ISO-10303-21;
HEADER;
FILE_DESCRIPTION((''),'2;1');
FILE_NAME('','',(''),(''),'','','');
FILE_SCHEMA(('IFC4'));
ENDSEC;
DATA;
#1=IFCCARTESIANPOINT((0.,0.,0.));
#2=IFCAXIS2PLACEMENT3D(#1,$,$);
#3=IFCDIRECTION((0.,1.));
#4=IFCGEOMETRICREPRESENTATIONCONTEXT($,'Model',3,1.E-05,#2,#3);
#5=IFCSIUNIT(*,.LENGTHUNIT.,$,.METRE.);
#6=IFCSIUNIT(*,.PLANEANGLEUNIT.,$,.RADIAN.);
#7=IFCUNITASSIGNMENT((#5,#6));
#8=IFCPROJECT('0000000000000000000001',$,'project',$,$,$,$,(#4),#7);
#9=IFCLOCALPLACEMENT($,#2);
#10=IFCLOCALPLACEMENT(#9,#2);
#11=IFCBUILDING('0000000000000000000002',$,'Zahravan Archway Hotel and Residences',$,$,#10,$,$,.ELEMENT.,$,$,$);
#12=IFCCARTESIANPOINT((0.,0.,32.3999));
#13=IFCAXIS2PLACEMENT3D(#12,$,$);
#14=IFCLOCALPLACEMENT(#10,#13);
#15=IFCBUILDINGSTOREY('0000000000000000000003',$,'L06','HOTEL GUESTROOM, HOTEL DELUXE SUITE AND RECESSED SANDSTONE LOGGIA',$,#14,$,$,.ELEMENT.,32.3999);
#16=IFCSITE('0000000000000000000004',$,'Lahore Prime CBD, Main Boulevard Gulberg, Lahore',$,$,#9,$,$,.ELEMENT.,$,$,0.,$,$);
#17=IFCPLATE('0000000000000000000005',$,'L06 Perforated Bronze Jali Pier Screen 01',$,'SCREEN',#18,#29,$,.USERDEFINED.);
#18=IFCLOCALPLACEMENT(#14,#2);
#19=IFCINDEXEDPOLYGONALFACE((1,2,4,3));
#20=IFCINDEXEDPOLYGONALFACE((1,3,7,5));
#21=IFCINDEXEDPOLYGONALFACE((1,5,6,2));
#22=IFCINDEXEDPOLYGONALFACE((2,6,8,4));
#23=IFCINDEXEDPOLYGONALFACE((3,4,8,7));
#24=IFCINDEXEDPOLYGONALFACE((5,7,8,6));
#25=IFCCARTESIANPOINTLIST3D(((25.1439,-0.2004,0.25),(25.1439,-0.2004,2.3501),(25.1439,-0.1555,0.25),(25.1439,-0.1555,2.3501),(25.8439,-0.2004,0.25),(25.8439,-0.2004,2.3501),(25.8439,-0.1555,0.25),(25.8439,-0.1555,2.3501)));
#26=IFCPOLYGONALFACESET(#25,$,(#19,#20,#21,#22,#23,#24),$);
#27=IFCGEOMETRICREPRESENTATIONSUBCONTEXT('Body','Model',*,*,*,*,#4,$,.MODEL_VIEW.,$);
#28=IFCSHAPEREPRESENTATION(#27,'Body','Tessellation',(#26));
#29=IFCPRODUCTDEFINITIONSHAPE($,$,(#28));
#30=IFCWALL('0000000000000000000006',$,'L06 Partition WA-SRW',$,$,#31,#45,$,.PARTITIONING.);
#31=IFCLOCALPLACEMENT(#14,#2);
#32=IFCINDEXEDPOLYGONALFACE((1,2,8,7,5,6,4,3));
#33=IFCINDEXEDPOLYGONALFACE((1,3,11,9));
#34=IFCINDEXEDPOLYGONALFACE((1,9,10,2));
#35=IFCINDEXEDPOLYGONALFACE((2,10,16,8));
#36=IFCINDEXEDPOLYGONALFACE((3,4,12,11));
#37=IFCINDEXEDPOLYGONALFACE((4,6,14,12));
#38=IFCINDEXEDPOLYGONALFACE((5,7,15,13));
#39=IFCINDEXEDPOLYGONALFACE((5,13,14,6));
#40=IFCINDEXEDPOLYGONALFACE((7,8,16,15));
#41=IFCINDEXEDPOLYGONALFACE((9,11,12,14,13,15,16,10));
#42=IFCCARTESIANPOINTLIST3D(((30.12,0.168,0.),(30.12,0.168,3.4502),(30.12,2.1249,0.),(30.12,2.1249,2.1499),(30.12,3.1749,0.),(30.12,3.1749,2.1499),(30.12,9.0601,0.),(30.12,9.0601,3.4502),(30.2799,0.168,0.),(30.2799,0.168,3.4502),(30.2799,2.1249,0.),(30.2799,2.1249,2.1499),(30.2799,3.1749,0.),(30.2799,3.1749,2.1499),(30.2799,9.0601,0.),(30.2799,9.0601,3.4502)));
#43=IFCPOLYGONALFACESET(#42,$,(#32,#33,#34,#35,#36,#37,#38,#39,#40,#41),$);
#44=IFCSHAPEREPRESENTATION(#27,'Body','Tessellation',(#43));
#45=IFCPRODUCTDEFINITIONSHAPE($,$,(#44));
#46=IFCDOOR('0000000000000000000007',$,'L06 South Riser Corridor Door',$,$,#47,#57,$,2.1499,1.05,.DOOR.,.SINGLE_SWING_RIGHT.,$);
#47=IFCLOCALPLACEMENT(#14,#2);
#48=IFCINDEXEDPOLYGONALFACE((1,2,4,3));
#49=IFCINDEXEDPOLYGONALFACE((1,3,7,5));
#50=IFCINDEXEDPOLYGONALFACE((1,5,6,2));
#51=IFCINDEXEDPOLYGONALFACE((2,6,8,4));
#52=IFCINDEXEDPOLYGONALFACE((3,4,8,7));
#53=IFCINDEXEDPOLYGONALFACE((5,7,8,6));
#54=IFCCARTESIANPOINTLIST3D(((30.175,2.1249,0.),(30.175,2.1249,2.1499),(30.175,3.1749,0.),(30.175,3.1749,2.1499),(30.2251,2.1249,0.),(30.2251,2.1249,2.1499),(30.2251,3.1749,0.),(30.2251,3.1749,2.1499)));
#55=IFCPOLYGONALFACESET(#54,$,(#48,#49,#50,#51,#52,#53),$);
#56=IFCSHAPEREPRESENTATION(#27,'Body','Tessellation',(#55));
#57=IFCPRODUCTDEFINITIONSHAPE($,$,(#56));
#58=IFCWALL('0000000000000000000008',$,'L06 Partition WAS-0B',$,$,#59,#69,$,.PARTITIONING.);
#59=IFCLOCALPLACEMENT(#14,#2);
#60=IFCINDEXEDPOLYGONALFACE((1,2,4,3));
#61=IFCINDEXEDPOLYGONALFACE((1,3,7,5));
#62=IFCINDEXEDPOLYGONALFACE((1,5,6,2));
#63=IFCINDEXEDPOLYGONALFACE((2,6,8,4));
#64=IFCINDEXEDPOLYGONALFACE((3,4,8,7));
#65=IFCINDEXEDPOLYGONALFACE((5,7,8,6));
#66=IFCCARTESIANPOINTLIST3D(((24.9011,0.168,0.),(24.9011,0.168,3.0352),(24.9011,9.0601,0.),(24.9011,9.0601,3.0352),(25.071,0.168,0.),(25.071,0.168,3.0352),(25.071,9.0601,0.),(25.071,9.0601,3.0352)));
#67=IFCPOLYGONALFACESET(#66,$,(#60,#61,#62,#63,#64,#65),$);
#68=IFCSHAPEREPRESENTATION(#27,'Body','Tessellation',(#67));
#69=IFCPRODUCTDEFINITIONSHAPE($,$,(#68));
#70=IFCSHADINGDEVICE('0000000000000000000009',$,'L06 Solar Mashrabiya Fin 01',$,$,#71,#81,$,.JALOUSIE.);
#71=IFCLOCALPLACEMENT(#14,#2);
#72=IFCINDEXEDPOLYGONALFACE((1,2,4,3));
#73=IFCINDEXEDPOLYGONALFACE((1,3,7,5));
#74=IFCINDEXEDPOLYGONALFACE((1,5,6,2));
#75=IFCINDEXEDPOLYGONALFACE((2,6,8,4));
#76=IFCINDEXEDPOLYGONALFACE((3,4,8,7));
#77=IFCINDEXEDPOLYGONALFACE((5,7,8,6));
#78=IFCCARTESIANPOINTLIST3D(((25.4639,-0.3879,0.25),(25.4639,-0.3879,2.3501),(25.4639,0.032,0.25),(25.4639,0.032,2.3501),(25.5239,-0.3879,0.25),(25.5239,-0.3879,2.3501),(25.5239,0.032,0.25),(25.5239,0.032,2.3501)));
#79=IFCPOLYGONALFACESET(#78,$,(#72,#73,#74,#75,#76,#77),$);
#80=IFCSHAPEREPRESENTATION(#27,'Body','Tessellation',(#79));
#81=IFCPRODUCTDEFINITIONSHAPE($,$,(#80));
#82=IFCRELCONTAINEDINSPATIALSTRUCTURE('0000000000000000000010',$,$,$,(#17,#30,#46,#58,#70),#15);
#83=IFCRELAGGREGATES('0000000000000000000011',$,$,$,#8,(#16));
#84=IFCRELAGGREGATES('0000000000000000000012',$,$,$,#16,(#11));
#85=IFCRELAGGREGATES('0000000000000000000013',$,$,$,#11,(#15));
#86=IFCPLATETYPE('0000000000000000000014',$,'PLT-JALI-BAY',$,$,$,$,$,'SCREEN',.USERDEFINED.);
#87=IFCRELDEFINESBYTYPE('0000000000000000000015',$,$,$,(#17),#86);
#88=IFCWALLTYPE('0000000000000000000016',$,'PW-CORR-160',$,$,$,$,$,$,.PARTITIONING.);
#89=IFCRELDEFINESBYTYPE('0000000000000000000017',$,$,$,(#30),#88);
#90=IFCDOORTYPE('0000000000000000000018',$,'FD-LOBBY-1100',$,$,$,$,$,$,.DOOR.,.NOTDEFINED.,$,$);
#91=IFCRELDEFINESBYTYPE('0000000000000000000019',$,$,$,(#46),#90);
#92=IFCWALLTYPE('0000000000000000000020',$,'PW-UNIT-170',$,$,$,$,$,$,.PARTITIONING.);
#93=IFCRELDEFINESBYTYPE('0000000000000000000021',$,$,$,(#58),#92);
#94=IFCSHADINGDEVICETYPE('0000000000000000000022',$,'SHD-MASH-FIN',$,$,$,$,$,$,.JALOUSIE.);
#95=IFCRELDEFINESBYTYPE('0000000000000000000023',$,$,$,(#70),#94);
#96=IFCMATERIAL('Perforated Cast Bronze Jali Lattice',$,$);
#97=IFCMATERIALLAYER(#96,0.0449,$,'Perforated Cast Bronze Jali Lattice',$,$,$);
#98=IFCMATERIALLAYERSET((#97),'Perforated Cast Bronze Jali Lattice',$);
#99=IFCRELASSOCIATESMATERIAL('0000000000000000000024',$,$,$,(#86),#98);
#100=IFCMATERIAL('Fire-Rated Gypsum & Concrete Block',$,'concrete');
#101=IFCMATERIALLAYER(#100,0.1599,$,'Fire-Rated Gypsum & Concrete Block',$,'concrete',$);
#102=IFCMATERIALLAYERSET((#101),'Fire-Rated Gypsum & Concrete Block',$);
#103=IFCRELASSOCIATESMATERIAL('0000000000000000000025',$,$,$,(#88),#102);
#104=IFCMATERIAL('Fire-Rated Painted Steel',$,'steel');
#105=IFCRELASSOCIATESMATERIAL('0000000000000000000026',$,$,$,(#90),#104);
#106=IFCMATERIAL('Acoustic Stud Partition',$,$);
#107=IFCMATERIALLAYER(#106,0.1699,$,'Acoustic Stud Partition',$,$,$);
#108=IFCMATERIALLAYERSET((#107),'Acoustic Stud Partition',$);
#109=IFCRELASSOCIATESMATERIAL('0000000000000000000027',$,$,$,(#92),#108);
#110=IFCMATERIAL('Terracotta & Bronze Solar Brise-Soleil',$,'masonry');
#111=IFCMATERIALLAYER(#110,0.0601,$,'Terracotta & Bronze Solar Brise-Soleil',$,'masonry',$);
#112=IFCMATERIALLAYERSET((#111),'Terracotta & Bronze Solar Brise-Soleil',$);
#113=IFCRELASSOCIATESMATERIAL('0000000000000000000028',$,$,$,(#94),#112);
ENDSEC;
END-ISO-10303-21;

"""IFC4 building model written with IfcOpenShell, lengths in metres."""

from ifc_helpers import new_model, si_unit, direction, frame, frame_2d, origin, origin_2d, place, context, subcontext, project, spatial, rectangle, extrude, source, transform, mapped, material, layer, layer_set, type_object, type_shapes, element, fill, save


model = new_model("IFC4")

# Units and contexts
model_context = context("Model", 3, precision=1e-05, world=origin(), true_north=direction((0.0, 1.0)))
body_context = subcontext(model_context, "Body", "Model", "MODEL_VIEW")
ifc_project = project(units=[si_unit("LENGTHUNIT", "METRE"), si_unit("PLANEANGLEUNIT", "RADIAN")], contexts=[model_context])

# Site, building, storey
site_placement = place(None, origin())
site = spatial("IfcSite", under=ifc_project, at=site_placement, Name="Lahore Prime CBD, Main Boulevard Gulberg, Lahore", CompositionType="ELEMENT", RefElevation=0.0)
building_placement = place(site_placement, origin())
building = spatial("IfcBuilding", under=site, at=building_placement, Name="Zahravan Archway Hotel and Residences", CompositionType="ELEMENT")
storey_placement = place(building_placement, frame((0.0, 0.0, 32.3999)))
storey = spatial("IfcBuildingStorey", under=building, at=storey_placement, Name="L06", Description="HOTEL GUESTROOM, HOTEL DELUXE SUITE AND RECESSED SANDSTONE LOGGIA", CompositionType="ELEMENT", Elevation=32.3999)

# Plate
ifc_material_1 = material(Name="Perforated Cast Bronze Jali Lattice")
ifc_layer_1 = layer(ifc_material_1, 0.0449, Name="Perforated Cast Bronze Jali Lattice")
ifc_layer_set_1 = layer_set([ifc_layer_1], Name="Perforated Cast Bronze Jali Lattice")
plate_type = type_object("IfcPlateType", Name="PLT-JALI-BAY", ElementType="SCREEN", PredefinedType="USERDEFINED", material=ifc_layer_set_1)
shared_shape_1 = source(origin(), body_context, "Body", "SweptSolid", [
    extrude(rectangle(XDim=0.7, YDim=0.0449, at=origin_2d()), origin(), (0.0, 0.0, 1.0), 2.1001),
])
type_shapes(plate_type, [shared_shape_1])
plate_placement = place(storey_placement, frame((25.4939, -0.178, 0.25), z_axis=(0.0, 0.0, 1.0), x_axis=(1.0, 0.0, 0.0)))
element("IfcPlate", 1, at=plate_placement, inside=storey, type_object=plate_type, Name="L06 Perforated Bronze Jali Pier Screen 01", ObjectType="SCREEN", PredefinedType="USERDEFINED", context=body_context, shape_type="MappedRepresentation", body=[
    mapped(shared_shape_1, transform((0.0, 0.0, 0.0), scale=1.0)),
])

# Wall, opening, door
ifc_material_2 = material(Name="Fire-Rated Gypsum & Concrete Block", Category="concrete")
ifc_layer_2 = layer(ifc_material_2, 0.1599, Name="Fire-Rated Gypsum & Concrete Block", Category="concrete")
ifc_layer_set_2 = layer_set([ifc_layer_2], Name="Fire-Rated Gypsum & Concrete Block")
wall_type_1 = type_object("IfcWallType", Name="PW-CORR-160", PredefinedType="PARTITIONING", material=ifc_layer_set_2)
wall_1_placement = place(storey_placement, frame((30.2, 0.168, 0.0), z_axis=(0.0, 0.0, 1.0), x_axis=(0.0, 1.0, 0.0)))
wall_1 = element("IfcWall", 2, at=wall_1_placement, inside=storey, type_object=wall_type_1, Name="L06 Partition WA-SRW", PredefinedType="PARTITIONING", context=body_context, shape_type="SweptSolid", body=[
    extrude(rectangle(XDim=8.8921, YDim=0.1599, at=frame_2d((4.446, 0.0))), origin(), (0.0, 0.0, 1.0), 3.4502),
])
opening_placement = place(wall_1_placement, frame((1.957, 0.0, 0.0)))
opening = element("IfcOpeningElement", 3, at=opening_placement, cuts=wall_1, PredefinedType="OPENING", context=body_context, shape_type="SweptSolid", body=[
    extrude(rectangle(XDim=1.05, YDim=2.1499, at=frame_2d((0.5249, 1.075))), frame((0.0, 0.0898, 0.0), z_axis=(0.0, -1.0, 0.0), x_axis=(1.0, 0.0, 0.0)), (0.0, 0.0, 1.0), 0.1799),
])
ifc_material_3 = material(Name="Fire-Rated Painted Steel", Category="steel")
door_type = type_object("IfcDoorType", Name="FD-LOBBY-1100", OperationType="NOTDEFINED", PredefinedType="DOOR", material=ifc_material_3)
shared_shape_2 = source(origin(), body_context, "Body", "SweptSolid", [
    extrude(rectangle(XDim=1.05, YDim=2.1499, at=frame_2d((0.5249, 1.075))), frame((0.0, 0.0249, 0.0), z_axis=(0.0, -1.0, 0.0), x_axis=(1.0, 0.0, 0.0)), (0.0, 0.0, 1.0), 0.05),
])
type_shapes(door_type, [shared_shape_2])
door_placement = place(opening_placement, origin())
door = element("IfcDoor", 4, at=door_placement, inside=storey, type_object=door_type, Name="L06 South Riser Corridor Door", OperationType="SINGLE_SWING_RIGHT", OverallHeight=2.1499, OverallWidth=1.05, PredefinedType="DOOR", context=body_context, shape_type="MappedRepresentation", body=[
    mapped(shared_shape_2, transform((0.0, 0.0, 0.0), scale=1.0)),
])
fill(opening, door)

# Wall
ifc_material_4 = material(Name="Acoustic Stud Partition")
ifc_layer_3 = layer(ifc_material_4, 0.1699, Name="Acoustic Stud Partition")
ifc_layer_set_3 = layer_set([ifc_layer_3], Name="Acoustic Stud Partition")
wall_type_2 = type_object("IfcWallType", Name="PW-UNIT-170", PredefinedType="PARTITIONING", material=ifc_layer_set_3)
wall_2_placement = place(storey_placement, frame((24.9861, 0.168, 0.0), z_axis=(0.0, 0.0, 1.0), x_axis=(0.0, 1.0, 0.0)))
element("IfcWall", 5, at=wall_2_placement, inside=storey, type_object=wall_type_2, Name="L06 Partition WAS-0B", PredefinedType="PARTITIONING", context=body_context, shape_type="SweptSolid", body=[
    extrude(rectangle(XDim=8.8921, YDim=0.1699, at=frame_2d((4.446, 0.0))), origin(), (0.0, 0.0, 1.0), 3.0352),
])

# Shading device
ifc_material_5 = material(Name="Terracotta & Bronze Solar Brise-Soleil", Category="masonry")
ifc_layer_4 = layer(ifc_material_5, 0.0601, Name="Terracotta & Bronze Solar Brise-Soleil", Category="masonry")
ifc_layer_set_4 = layer_set([ifc_layer_4], Name="Terracotta & Bronze Solar Brise-Soleil")
shading_device_type = type_object("IfcShadingDeviceType", Name="SHD-MASH-FIN", PredefinedType="JALOUSIE", material=ifc_layer_set_4)
shared_shape_3 = source(origin(), body_context, "Body", "SweptSolid", [
    extrude(rectangle(XDim=0.0601, YDim=0.4199, at=origin_2d()), origin(), (0.0, 0.0, 1.0), 2.1001),
])
type_shapes(shading_device_type, [shared_shape_3])
shading_device_placement = place(storey_placement, frame((25.4939, -0.178, 0.25), z_axis=(0.0, 0.0, 1.0), x_axis=(1.0, 0.0, 0.0)))
element("IfcShadingDevice", 6, at=shading_device_placement, inside=storey, type_object=shading_device_type, Name="L06 Solar Mashrabiya Fin 01", PredefinedType="JALOUSIE", context=body_context, shape_type="MappedRepresentation", body=[
    mapped(shared_shape_3, transform((0.0, 0.0, 0.0), scale=1.0)),
])

save(model, "model.ifc")
